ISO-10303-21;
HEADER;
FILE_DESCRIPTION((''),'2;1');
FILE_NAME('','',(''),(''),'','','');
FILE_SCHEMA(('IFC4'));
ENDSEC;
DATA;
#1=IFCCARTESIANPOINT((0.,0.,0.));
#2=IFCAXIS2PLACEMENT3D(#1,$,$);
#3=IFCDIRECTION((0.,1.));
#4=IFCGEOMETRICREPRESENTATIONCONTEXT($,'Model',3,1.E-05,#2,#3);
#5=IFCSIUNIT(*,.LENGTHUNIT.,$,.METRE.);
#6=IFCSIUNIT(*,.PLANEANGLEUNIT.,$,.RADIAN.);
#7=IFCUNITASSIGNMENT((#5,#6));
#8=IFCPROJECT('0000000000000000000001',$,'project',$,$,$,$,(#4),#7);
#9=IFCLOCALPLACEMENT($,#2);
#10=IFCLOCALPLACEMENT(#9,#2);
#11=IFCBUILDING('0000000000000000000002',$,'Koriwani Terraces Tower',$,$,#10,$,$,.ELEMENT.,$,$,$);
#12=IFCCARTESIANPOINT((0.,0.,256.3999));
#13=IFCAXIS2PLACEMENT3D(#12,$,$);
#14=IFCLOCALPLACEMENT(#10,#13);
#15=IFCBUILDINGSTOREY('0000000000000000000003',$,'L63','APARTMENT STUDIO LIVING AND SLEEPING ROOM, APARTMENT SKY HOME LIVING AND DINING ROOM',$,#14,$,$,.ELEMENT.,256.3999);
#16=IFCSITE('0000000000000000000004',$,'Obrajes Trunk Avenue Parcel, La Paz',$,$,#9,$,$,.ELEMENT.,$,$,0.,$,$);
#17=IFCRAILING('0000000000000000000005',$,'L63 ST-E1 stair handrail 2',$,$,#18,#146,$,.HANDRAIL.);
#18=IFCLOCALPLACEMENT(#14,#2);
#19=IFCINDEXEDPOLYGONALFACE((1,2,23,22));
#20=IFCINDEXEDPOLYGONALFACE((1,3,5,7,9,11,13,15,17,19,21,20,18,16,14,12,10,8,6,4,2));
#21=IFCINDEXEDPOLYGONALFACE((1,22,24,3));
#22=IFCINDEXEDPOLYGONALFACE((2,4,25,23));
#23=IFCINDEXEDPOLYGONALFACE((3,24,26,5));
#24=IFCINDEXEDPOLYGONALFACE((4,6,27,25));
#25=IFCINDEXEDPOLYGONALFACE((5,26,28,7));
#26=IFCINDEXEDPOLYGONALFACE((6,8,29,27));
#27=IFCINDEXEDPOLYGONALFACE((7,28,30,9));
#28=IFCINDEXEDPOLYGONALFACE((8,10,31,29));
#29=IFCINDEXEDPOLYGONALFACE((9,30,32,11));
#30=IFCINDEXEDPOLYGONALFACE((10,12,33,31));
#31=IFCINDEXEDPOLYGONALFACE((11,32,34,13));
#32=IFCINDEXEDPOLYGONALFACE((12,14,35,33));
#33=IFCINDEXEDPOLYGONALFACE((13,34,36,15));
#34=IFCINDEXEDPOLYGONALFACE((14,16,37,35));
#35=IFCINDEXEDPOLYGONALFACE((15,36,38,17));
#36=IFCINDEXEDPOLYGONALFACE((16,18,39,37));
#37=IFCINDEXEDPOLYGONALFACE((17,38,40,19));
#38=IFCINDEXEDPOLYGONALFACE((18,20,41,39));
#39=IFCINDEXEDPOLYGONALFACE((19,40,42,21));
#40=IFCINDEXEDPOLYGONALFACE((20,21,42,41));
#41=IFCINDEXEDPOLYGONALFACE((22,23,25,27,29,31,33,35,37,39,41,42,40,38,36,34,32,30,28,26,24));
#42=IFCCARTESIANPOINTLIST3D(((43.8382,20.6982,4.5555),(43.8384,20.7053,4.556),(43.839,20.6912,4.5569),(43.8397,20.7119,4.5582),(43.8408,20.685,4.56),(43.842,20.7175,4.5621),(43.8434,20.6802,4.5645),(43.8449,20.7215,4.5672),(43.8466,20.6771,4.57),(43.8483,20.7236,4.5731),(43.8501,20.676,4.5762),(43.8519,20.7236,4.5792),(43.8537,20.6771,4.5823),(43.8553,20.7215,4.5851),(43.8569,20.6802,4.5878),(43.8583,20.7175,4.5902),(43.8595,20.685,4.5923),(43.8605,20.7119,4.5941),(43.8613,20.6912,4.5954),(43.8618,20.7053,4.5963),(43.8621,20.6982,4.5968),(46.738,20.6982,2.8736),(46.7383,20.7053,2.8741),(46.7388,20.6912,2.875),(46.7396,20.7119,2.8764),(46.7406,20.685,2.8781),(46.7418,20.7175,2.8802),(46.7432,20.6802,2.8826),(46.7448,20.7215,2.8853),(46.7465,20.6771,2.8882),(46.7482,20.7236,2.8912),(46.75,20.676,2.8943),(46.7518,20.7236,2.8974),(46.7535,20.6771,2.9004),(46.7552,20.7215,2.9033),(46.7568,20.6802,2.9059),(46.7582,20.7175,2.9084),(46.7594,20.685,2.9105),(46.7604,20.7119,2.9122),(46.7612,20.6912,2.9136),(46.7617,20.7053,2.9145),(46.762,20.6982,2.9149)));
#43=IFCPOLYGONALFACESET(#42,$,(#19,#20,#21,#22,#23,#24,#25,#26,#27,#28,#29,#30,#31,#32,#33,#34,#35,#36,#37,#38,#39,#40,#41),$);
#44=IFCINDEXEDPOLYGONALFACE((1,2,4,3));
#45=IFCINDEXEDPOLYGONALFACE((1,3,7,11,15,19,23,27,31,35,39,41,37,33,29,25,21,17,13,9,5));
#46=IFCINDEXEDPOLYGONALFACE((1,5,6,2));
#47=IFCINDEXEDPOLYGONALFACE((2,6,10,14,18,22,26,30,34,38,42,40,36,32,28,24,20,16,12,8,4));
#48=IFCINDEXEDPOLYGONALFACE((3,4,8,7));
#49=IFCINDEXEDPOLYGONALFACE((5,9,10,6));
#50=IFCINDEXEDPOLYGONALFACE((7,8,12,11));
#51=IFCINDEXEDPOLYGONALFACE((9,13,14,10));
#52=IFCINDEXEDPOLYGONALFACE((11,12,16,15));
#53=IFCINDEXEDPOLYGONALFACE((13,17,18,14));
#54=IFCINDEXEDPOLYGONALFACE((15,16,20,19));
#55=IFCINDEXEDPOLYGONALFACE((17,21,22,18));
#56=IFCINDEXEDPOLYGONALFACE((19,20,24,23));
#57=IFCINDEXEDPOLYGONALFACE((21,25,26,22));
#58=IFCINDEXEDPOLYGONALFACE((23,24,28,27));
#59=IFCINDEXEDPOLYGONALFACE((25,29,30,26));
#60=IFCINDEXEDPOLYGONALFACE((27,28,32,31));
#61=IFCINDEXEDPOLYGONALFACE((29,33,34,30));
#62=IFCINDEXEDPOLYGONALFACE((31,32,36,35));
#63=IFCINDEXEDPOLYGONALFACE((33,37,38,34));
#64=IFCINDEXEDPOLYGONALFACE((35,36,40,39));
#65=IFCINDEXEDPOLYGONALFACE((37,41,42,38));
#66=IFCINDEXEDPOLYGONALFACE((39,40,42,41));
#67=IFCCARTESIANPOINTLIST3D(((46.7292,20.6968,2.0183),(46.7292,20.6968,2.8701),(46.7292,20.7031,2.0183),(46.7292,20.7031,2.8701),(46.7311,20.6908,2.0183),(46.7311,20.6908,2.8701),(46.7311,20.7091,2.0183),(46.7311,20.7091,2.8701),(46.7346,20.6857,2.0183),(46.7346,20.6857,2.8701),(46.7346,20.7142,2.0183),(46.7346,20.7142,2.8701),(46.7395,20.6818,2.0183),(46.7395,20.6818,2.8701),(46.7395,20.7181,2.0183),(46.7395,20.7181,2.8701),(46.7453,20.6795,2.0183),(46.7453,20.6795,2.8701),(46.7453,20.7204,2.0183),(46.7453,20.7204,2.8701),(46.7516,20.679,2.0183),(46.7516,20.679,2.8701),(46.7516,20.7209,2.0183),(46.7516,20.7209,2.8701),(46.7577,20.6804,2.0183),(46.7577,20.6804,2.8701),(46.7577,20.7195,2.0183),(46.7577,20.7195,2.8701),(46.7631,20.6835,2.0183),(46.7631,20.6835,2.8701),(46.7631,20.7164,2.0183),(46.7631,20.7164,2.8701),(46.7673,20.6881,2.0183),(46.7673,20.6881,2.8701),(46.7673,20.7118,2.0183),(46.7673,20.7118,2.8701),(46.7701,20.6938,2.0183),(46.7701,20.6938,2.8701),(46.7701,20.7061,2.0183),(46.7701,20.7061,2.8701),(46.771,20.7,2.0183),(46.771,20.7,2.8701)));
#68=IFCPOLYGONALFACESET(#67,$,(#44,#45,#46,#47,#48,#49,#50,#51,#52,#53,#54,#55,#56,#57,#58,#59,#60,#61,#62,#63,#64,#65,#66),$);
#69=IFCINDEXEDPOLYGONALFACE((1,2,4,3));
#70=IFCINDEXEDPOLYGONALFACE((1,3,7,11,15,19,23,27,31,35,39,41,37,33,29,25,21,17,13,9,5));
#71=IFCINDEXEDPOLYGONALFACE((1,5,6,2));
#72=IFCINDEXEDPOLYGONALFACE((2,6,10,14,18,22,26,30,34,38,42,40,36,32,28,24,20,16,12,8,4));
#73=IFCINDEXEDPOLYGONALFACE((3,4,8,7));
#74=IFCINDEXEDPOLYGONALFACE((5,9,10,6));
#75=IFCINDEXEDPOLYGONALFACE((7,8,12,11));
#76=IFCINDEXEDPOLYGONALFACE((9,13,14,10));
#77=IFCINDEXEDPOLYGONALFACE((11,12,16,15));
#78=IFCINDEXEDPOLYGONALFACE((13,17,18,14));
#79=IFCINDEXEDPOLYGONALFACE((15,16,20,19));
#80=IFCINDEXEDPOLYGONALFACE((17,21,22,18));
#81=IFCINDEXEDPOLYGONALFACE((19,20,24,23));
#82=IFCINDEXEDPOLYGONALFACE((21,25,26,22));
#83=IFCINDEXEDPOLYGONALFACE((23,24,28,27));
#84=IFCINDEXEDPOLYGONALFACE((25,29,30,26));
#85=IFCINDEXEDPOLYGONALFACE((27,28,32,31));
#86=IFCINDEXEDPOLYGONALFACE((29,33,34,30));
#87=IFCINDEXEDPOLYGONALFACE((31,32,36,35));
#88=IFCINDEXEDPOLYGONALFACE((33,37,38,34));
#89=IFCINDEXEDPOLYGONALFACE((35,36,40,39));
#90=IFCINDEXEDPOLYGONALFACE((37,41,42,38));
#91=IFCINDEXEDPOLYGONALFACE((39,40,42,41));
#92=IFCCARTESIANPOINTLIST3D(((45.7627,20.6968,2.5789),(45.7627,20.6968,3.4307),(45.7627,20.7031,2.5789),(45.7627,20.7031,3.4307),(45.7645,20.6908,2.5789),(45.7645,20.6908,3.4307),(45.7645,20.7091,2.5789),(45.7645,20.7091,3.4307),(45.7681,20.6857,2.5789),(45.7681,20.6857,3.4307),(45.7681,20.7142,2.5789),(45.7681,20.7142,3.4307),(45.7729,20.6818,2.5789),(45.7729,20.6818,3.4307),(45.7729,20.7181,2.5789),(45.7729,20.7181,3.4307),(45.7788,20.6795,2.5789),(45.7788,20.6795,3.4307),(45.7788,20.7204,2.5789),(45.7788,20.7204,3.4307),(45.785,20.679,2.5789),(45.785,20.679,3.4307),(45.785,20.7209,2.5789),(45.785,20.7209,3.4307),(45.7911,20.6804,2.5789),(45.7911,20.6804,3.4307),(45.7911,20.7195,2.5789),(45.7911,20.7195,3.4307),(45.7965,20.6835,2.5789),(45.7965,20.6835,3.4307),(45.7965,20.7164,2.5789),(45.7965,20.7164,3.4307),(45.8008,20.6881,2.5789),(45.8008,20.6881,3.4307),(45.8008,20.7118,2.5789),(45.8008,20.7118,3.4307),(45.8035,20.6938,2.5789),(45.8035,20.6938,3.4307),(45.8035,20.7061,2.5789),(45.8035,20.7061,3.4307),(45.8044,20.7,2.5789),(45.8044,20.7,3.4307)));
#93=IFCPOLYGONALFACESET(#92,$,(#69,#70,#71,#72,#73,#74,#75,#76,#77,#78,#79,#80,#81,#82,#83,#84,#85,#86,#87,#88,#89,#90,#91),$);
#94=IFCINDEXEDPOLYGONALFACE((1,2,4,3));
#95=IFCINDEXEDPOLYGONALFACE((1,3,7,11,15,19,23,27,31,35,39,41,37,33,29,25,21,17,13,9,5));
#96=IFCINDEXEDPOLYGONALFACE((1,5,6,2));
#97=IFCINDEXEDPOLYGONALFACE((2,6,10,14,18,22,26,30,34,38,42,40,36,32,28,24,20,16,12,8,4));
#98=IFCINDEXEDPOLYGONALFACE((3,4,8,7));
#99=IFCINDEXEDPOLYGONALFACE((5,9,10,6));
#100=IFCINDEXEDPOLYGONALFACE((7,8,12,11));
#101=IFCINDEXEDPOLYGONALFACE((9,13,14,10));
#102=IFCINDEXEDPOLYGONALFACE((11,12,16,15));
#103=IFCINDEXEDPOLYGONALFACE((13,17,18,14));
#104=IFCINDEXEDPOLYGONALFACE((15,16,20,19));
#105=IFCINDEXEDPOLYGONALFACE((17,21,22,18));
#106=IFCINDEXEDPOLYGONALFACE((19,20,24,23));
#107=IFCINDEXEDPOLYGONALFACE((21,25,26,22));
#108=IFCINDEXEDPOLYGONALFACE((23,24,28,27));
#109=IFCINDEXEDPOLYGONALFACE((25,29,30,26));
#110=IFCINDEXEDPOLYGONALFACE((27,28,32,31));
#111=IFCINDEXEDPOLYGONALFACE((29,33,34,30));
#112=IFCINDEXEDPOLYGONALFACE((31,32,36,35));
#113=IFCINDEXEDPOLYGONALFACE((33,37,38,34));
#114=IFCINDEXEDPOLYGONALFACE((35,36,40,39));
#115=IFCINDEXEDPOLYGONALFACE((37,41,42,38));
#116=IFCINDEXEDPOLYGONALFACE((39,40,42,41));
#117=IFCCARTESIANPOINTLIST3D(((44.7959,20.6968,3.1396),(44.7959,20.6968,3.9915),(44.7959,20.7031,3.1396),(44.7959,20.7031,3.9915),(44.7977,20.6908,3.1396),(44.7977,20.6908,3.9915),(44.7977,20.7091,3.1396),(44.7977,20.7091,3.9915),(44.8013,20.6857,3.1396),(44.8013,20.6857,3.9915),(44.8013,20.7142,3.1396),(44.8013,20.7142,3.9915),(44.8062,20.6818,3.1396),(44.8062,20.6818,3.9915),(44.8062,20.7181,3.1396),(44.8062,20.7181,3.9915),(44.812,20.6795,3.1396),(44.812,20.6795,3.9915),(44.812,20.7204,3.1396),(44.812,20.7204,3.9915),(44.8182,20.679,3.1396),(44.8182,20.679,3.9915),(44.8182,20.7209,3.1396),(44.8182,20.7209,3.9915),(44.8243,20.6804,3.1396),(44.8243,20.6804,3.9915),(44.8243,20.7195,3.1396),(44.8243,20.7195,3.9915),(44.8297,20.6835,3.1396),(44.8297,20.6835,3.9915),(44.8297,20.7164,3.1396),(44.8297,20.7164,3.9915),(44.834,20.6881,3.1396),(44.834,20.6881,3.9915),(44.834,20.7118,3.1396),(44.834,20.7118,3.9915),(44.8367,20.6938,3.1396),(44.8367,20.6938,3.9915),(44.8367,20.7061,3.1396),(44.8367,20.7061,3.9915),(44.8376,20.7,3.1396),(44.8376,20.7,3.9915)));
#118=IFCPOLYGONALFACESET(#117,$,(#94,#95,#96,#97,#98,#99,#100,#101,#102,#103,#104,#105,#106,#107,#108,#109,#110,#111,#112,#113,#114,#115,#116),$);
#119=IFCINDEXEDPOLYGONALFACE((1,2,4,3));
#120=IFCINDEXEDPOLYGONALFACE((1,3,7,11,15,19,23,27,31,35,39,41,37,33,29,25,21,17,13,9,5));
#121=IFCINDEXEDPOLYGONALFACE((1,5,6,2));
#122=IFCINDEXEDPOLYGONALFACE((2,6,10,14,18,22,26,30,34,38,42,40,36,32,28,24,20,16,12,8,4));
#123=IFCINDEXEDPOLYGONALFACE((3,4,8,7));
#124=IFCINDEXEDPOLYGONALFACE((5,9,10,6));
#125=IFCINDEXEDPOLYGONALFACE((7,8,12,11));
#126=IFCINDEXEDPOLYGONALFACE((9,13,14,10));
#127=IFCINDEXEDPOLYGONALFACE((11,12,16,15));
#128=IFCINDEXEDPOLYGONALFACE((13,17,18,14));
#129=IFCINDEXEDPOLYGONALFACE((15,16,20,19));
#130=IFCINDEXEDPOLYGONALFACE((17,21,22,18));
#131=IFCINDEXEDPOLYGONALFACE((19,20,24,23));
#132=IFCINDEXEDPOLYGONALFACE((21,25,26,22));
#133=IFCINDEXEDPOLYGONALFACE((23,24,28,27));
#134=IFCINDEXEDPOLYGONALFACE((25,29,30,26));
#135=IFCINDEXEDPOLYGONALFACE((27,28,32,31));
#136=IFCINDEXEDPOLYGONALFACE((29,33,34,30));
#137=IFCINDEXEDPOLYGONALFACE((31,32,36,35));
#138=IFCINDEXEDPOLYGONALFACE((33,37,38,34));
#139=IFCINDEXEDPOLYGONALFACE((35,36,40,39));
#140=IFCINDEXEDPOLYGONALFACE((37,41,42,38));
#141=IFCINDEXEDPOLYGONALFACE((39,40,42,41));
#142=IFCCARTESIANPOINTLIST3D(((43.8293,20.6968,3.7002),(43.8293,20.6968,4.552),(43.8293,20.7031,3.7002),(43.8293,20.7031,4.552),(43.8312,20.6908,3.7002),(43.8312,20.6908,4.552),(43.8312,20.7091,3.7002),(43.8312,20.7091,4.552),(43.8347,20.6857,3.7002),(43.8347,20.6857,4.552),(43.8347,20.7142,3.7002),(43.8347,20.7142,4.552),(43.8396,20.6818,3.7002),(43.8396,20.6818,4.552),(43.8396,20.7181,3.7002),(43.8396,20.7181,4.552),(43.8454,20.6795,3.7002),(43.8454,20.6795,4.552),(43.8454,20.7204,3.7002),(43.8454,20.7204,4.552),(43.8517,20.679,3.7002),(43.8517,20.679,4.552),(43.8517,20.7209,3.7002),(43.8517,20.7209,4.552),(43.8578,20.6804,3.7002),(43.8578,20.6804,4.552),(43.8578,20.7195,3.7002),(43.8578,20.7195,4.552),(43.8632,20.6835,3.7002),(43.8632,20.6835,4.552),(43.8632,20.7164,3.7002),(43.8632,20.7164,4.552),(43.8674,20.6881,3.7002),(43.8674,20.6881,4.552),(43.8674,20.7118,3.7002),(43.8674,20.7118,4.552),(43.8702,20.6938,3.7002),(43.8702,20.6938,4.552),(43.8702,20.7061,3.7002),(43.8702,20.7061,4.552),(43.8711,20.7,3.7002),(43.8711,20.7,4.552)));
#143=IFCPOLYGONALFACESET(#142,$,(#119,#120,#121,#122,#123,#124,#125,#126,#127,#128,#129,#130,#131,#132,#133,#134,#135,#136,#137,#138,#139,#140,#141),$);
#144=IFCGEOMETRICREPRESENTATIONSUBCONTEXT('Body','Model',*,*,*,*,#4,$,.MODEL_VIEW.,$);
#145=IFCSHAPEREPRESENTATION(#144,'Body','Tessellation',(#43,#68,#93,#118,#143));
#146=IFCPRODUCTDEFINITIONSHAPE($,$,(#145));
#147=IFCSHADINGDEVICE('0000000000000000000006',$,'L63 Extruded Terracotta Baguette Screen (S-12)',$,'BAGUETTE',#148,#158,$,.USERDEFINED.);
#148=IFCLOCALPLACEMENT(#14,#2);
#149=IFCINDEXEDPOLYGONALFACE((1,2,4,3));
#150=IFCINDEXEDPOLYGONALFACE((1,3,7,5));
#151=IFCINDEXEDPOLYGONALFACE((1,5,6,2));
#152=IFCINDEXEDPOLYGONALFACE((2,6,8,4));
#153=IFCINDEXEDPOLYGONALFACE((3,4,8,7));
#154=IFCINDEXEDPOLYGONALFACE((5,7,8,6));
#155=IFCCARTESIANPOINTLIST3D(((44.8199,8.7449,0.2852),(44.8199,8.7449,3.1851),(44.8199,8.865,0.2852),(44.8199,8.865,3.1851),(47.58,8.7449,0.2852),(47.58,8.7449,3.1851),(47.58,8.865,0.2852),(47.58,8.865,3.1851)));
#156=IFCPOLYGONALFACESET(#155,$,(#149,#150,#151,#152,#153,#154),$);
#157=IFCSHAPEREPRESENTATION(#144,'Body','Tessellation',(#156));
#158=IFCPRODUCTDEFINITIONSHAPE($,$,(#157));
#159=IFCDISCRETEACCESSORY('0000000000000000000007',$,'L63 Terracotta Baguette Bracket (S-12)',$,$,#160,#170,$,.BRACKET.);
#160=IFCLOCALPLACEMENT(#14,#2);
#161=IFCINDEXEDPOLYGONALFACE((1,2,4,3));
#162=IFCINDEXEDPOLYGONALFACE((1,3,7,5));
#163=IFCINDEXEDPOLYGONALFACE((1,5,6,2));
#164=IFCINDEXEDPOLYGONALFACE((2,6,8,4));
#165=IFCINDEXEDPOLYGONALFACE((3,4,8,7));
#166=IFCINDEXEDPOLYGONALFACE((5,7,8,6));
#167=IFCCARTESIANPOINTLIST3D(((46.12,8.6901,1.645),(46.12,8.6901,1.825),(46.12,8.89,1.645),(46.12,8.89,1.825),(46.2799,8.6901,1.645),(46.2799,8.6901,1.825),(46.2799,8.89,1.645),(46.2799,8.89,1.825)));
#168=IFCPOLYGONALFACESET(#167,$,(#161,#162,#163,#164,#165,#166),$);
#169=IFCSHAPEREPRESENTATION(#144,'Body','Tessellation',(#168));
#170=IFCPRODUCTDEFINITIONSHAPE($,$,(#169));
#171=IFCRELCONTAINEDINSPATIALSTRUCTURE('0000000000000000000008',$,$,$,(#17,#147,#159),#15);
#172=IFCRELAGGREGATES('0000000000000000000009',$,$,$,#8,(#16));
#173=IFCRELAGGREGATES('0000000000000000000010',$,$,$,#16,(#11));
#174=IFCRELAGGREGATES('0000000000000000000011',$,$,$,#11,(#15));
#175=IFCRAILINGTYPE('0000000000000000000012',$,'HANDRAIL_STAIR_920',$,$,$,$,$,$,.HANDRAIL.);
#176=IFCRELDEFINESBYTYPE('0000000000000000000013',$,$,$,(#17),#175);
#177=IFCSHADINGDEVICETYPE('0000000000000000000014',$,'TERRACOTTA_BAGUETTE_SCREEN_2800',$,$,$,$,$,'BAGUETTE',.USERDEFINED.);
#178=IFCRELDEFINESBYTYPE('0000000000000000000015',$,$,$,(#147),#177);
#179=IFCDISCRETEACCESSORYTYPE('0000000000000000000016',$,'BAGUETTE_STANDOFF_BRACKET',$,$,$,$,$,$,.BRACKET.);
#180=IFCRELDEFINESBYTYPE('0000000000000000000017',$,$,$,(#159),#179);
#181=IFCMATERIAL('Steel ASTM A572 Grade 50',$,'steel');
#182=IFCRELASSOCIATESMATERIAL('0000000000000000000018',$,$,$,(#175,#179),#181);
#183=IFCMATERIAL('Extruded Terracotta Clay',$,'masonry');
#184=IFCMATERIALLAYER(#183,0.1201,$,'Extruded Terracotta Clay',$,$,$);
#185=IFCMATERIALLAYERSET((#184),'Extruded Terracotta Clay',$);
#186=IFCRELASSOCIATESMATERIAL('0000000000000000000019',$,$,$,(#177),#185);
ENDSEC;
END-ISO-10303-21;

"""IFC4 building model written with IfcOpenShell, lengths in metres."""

from ifc_helpers import new_model, si_unit, direction, frame, origin, origin_2d, place, context, subcontext, project, spatial, rectangle, circle, extrude, material, layer, layer_set, type_object, element, save


model = new_model("IFC4")

# Units and contexts
model_context = context("Model", 3, precision=1e-05, world=origin(), true_north=direction((0.0, 1.0)))
body_context = subcontext(model_context, "Body", "Model", "MODEL_VIEW")
ifc_project = project(units=[si_unit("LENGTHUNIT", "METRE"), si_unit("PLANEANGLEUNIT", "RADIAN")], contexts=[model_context])

# Site, building, storey
site_placement = place(None, origin())
site = spatial("IfcSite", under=ifc_project, at=site_placement, Name="Obrajes Trunk Avenue Parcel, La Paz", CompositionType="ELEMENT", RefElevation=0.0)
building_placement = place(site_placement, origin())
building = spatial("IfcBuilding", under=site, at=building_placement, Name="Koriwani Terraces Tower", CompositionType="ELEMENT")
storey_placement = place(building_placement, frame((0.0, 0.0, 256.3999)))
storey = spatial("IfcBuildingStorey", under=building, at=storey_placement, Name="L63", Description="APARTMENT STUDIO LIVING AND SLEEPING ROOM, APARTMENT SKY HOME LIVING AND DINING ROOM", CompositionType="ELEMENT", Elevation=256.3999)

# Shared definitions
ifc_material_1 = material(Name="Steel ASTM A572 Grade 50", Category="steel")

# Railing
railing_type_1 = type_object("IfcRailingType", Name="HANDRAIL_STAIR_920", PredefinedType="HANDRAIL", material=ifc_material_1)
railing_1_placement = place(storey_placement, frame((46.75, 20.7, 2.0183)))
element("IfcRailing", 1, at=railing_1_placement, inside=storey, type_object=railing_type_1, Name="L63 ST-E1 stair handrail 2", PredefinedType="HANDRAIL", context=body_context, shape_type="SweptSolid", body=[
    extrude(circle(Radius=0.0239, at=origin_2d()), frame((0.0, 0.0, 0.876), z_axis=(-0.865039, 0.0, 0.501705), x_axis=(0.0, -1.0, 0.0)), (0.0, 0.0, 1.0), 3.3523),
    extrude(circle(Radius=0.021, at=origin_2d()), origin(), (0.0, 0.0, 1.0), 0.8518),
    extrude(circle(Radius=0.021, at=origin_2d()), frame((-0.9666, 0.0, 0.5605)), (0.0, 0.0, 1.0), 0.8518),
    extrude(circle(Radius=0.021, at=origin_2d()), frame((-1.9333, 0.0, 1.1213)), (0.0, 0.0, 1.0), 0.8518),
    extrude(circle(Radius=0.021, at=origin_2d()), frame((-2.8999, 0.0, 1.6819)), (0.0, 0.0, 1.0), 0.8518),
])

# Shading device
ifc_material_2 = material(Name="Extruded Terracotta Clay", Category="masonry")
ifc_layer_1 = layer(ifc_material_2, 0.1201, Name="Extruded Terracotta Clay")
ifc_layer_set_1 = layer_set([ifc_layer_1], Name="Extruded Terracotta Clay")
shading_device_type = type_object("IfcShadingDeviceType", Name="TERRACOTTA_BAGUETTE_SCREEN_2800", ElementType="BAGUETTE", PredefinedType="USERDEFINED", material=ifc_layer_set_1)
shading_device_placement = place(storey_placement, frame((46.2, 8.8049, 0.2852), z_axis=(0.0, 0.0, 1.0), x_axis=(-1.0, 0.0, 0.0)))
element("IfcShadingDevice", 2, at=shading_device_placement, inside=storey, type_object=shading_device_type, Name="L63 Extruded Terracotta Baguette Screen (S-12)", ObjectType="BAGUETTE", PredefinedType="USERDEFINED", context=body_context, shape_type="SweptSolid", body=[
    extrude(rectangle(XDim=2.76, YDim=0.1201, at=origin_2d()), origin(), (0.0, 0.0, 1.0), 2.8999),
])

# Discrete accessory
discrete_accessory_type = type_object("IfcDiscreteAccessoryType", Name="BAGUETTE_STANDOFF_BRACKET", PredefinedType="BRACKET", material=ifc_material_1)
discrete_accessory_placement = place(storey_placement, frame((46.2, 8.79, 1.645), z_axis=(0.0, 0.0, 1.0), x_axis=(-1.0, 0.0, 0.0)))
element("IfcDiscreteAccessory", 3, at=discrete_accessory_placement, inside=storey, type_object=discrete_accessory_type, Name="L63 Terracotta Baguette Bracket (S-12)", PredefinedType="BRACKET", context=body_context, shape_type="SweptSolid", body=[
    extrude(rectangle(XDim=0.1599, YDim=0.2, at=origin_2d()), origin(), (0.0, 0.0, 1.0), 0.1799),
])

save(model, "model.ifc")
